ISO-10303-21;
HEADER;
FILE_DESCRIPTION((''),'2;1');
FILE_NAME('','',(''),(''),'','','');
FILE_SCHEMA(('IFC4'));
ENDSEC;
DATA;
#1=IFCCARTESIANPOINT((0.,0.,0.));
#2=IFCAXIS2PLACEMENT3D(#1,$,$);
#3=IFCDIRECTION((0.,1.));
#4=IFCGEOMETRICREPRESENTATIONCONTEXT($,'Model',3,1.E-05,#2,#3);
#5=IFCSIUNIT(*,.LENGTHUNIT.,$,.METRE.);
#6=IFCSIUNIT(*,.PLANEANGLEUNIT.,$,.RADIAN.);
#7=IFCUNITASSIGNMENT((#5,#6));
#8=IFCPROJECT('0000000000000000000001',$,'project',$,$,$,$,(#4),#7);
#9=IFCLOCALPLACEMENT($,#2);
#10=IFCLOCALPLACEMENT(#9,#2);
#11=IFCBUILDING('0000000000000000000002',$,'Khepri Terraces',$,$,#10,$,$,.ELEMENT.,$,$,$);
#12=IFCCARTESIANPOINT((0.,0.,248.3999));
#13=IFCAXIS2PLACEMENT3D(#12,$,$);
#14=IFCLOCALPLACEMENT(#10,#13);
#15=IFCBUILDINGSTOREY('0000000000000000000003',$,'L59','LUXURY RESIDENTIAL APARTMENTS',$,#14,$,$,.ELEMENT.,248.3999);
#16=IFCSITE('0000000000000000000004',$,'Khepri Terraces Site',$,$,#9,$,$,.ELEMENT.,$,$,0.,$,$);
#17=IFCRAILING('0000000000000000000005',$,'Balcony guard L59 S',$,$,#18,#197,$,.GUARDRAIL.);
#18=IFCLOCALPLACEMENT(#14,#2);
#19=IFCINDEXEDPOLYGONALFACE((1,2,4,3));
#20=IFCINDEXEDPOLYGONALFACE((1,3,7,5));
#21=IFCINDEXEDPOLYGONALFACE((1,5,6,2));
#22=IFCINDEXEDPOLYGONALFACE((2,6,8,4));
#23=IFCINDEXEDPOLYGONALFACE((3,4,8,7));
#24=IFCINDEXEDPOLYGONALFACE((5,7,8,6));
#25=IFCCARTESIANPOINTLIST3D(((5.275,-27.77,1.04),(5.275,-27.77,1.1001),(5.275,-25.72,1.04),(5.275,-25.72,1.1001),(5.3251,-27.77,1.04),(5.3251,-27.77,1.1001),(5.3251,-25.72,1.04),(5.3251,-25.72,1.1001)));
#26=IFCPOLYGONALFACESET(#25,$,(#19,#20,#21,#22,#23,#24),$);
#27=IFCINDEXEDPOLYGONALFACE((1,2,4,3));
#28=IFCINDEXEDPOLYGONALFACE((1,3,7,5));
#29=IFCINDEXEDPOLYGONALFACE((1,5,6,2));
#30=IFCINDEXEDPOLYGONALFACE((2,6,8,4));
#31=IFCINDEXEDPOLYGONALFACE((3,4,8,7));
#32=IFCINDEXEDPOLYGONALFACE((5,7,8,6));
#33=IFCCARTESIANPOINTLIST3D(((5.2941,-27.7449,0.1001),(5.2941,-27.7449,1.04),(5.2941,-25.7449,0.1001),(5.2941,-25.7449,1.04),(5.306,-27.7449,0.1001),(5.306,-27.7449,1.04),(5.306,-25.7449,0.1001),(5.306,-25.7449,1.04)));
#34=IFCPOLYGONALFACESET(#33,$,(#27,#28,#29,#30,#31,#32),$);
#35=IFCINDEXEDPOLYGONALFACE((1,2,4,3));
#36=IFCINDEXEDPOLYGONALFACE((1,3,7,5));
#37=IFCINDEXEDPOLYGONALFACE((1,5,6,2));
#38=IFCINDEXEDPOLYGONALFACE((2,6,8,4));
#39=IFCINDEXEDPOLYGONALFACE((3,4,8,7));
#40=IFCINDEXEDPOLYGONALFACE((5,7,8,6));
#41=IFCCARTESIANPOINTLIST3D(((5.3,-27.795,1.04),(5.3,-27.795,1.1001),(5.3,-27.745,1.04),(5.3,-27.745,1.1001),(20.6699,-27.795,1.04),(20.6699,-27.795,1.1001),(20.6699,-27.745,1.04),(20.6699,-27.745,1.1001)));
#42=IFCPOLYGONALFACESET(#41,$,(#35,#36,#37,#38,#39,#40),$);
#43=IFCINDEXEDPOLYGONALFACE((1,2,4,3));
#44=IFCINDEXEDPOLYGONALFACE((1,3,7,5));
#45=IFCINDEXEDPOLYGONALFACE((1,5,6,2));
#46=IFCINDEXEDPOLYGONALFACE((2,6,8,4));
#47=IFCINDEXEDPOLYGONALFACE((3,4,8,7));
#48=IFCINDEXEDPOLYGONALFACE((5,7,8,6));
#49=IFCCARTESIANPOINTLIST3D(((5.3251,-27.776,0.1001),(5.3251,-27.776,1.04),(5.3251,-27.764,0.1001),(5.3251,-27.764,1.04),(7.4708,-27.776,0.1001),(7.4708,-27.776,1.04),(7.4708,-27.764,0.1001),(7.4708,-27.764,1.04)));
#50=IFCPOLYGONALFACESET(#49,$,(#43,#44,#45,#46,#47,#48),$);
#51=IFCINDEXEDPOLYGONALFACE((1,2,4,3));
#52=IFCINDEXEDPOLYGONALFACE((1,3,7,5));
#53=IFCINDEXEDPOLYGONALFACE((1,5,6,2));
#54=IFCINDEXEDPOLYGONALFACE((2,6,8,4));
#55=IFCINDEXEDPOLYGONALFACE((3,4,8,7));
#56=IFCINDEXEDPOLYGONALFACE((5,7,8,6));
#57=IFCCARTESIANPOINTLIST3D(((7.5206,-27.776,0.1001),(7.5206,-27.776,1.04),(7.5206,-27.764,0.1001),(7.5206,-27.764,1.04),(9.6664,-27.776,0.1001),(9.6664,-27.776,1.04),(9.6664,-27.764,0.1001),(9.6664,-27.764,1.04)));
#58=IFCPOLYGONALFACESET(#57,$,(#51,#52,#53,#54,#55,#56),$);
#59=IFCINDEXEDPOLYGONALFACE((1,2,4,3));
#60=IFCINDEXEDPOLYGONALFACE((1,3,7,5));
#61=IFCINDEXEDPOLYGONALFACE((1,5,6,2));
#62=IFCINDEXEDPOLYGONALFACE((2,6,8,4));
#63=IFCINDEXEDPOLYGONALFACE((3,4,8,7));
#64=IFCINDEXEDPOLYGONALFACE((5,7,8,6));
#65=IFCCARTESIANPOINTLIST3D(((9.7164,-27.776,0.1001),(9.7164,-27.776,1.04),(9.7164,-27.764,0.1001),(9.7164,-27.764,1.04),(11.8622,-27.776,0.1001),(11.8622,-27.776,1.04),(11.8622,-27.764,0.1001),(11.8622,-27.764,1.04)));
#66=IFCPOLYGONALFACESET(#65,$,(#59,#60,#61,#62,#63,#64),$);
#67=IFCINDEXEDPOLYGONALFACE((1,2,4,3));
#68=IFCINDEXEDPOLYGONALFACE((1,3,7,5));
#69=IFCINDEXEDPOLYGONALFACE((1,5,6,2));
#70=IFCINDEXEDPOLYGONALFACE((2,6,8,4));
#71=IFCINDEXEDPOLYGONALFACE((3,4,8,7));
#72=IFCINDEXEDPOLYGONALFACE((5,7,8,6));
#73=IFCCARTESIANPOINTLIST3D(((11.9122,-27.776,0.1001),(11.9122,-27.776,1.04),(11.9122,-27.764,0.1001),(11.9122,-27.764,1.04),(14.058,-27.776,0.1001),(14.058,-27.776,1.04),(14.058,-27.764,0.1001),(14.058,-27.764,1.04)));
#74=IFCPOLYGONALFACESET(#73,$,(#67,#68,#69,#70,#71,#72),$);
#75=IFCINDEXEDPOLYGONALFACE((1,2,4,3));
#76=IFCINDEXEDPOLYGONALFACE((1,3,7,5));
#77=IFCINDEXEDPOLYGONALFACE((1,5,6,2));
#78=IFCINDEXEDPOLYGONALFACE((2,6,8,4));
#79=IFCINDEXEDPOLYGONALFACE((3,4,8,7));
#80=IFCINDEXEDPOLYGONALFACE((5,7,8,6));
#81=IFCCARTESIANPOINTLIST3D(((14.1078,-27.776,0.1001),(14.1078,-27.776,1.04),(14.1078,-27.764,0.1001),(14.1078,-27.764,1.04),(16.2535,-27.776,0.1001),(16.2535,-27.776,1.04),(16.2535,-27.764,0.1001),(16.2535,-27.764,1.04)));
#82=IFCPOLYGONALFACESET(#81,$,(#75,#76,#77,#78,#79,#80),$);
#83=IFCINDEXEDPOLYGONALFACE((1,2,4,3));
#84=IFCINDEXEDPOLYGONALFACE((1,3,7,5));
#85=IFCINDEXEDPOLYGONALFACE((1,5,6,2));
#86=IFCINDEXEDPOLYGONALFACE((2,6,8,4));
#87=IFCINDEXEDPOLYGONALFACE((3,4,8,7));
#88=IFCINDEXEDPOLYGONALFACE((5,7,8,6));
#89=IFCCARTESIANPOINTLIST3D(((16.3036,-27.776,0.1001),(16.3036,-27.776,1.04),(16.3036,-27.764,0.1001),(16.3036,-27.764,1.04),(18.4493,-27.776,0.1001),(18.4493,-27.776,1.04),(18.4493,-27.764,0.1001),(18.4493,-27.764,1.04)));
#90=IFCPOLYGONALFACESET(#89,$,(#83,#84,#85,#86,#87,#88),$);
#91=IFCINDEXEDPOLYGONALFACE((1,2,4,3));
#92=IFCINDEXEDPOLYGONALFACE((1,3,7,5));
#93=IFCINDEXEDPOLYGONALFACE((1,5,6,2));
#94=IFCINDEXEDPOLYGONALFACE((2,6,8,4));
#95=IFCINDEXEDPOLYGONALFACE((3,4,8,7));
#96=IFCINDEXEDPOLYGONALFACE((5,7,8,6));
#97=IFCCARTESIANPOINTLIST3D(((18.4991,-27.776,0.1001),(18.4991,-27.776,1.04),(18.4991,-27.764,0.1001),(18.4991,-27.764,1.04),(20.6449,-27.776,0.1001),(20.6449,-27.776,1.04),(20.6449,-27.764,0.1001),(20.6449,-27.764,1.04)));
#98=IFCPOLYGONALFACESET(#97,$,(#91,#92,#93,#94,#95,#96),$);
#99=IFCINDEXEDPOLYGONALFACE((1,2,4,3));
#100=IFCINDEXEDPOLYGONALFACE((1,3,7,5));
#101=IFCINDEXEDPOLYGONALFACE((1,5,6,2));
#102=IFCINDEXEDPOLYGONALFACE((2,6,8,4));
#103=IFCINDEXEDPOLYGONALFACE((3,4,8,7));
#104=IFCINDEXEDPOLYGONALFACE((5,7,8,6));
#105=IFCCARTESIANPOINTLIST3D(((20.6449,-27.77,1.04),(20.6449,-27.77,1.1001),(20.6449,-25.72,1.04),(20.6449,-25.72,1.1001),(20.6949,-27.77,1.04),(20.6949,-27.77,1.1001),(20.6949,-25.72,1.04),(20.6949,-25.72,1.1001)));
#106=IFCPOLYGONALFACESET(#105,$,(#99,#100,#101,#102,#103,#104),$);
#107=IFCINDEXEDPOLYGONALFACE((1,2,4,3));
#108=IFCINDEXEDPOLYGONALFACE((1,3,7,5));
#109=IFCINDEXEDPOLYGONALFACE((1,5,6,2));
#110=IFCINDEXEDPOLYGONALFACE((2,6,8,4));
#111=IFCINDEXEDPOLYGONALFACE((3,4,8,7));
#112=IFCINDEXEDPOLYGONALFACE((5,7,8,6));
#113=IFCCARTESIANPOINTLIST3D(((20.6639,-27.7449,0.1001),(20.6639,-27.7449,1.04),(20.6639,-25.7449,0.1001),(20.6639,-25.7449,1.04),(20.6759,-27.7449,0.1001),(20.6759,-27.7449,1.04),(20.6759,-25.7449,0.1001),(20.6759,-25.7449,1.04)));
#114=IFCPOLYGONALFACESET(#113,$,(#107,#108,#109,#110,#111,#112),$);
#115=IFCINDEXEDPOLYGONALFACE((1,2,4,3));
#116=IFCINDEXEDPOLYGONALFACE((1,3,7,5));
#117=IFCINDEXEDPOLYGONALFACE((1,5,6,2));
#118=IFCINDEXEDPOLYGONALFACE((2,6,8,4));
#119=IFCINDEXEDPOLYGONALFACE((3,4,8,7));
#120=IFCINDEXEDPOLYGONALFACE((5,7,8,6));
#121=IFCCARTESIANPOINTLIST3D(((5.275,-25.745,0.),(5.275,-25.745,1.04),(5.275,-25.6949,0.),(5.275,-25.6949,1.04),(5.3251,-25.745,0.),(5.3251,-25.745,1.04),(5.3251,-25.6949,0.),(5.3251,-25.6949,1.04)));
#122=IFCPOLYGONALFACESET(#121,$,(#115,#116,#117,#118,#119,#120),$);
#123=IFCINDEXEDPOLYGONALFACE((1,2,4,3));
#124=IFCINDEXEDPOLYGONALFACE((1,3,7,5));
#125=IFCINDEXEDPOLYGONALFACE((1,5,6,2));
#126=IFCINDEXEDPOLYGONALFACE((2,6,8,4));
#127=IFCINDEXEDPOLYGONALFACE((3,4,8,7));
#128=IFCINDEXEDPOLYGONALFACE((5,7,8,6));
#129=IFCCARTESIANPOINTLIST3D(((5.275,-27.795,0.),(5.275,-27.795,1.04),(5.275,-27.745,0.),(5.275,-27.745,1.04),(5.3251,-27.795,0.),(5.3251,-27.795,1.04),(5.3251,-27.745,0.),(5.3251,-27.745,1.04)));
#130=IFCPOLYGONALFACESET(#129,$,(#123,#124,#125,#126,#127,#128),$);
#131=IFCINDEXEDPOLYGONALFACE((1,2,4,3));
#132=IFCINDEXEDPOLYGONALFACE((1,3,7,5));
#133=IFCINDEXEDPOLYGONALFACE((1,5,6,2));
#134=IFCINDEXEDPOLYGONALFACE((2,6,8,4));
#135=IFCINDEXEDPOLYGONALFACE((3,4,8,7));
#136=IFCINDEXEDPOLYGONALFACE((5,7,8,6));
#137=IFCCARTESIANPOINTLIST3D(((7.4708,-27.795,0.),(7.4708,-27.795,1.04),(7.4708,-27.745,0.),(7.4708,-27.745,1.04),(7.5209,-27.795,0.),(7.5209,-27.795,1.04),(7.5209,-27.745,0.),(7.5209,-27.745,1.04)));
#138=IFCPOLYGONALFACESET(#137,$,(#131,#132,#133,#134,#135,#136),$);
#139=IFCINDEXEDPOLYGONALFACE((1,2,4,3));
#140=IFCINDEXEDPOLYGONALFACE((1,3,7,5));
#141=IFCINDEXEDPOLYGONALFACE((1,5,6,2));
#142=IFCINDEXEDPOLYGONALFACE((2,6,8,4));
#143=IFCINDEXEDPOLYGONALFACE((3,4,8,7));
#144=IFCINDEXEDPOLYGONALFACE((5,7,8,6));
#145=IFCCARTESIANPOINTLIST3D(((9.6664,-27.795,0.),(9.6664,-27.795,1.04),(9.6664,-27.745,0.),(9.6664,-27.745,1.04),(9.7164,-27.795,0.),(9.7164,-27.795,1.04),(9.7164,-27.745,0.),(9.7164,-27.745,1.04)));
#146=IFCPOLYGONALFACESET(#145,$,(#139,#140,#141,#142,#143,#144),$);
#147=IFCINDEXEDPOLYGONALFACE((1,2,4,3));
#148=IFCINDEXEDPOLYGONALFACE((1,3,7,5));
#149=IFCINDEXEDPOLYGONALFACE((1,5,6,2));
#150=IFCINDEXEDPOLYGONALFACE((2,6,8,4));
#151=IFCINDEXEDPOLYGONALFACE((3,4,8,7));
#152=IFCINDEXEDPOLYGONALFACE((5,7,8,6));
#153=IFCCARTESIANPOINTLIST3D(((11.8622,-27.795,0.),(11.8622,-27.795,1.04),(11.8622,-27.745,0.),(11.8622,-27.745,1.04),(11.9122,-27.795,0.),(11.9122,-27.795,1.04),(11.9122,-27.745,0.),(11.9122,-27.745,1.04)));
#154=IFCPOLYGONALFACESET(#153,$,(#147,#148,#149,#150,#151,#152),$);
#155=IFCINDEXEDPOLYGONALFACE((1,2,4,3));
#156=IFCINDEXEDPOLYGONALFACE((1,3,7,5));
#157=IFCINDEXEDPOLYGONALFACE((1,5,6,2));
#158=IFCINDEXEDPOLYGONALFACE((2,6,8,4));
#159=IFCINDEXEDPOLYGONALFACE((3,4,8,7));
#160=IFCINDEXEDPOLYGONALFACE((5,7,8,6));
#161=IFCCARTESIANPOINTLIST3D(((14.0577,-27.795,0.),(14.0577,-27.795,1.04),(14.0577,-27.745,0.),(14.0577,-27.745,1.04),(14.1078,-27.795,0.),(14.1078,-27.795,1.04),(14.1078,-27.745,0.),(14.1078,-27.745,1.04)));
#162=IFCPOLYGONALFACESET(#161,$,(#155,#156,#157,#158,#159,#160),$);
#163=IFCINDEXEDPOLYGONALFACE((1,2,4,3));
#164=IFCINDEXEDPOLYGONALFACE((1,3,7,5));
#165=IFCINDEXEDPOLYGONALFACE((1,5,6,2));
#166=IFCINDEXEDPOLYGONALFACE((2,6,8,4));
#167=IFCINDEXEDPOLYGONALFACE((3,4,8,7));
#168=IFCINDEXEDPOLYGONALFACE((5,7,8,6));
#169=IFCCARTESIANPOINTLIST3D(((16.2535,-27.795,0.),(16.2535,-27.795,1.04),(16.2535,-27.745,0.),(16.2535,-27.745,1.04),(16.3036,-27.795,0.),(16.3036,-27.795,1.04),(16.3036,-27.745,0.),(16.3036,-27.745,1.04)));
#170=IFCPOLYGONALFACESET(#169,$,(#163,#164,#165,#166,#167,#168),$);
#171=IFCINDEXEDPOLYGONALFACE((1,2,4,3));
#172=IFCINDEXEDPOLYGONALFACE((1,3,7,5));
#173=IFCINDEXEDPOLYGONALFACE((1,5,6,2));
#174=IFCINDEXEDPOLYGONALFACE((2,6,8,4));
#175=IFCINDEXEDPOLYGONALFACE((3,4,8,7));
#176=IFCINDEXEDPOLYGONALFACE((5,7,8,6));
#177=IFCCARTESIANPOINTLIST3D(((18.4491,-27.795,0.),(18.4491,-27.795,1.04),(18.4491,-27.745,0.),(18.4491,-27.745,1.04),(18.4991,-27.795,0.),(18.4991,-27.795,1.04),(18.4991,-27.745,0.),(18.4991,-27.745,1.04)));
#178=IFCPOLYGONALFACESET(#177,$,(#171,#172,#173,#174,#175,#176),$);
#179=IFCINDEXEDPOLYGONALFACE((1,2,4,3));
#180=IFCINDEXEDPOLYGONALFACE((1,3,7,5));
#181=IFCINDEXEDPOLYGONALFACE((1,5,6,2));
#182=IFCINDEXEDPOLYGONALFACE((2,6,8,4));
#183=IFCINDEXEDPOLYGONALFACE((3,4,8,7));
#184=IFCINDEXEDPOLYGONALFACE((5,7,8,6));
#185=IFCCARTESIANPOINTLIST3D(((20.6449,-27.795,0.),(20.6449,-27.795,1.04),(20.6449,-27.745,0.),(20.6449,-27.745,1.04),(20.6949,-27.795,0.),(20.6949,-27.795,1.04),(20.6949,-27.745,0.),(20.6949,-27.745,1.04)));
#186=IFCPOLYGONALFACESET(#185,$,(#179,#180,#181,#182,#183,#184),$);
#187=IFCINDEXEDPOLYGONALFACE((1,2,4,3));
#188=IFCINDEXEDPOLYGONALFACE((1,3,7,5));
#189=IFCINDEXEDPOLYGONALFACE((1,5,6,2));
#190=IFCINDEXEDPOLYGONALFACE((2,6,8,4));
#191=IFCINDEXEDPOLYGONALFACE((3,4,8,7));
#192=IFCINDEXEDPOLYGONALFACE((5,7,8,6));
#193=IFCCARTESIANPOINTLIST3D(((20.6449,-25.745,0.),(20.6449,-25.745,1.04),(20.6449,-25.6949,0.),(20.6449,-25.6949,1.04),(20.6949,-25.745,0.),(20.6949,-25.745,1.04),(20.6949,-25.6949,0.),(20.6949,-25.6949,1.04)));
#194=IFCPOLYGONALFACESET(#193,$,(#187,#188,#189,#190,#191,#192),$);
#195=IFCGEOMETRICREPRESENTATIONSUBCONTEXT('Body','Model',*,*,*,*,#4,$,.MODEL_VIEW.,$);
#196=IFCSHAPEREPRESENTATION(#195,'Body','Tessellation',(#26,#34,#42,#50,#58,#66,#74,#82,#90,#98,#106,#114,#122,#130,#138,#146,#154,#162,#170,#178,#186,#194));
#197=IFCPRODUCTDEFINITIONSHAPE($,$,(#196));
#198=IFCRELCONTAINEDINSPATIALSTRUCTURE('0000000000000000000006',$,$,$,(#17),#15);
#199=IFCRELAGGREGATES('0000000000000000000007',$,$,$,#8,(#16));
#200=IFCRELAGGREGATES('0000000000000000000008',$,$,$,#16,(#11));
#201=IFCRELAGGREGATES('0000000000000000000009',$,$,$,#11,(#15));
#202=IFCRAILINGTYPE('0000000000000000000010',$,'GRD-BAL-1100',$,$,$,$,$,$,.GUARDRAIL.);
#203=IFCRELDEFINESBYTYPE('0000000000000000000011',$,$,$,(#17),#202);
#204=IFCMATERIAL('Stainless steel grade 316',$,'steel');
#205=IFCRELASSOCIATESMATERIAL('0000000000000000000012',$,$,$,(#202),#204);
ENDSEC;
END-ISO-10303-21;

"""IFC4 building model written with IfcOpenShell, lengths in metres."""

from ifc_helpers import new_model, si_unit, direction, frame, origin, origin_2d, place, context, subcontext, project, spatial, rectangle, extrude, material, type_object, element, save


model = new_model("IFC4")

# Units and contexts
model_context = context("Model", 3, precision=1e-05, world=origin(), true_north=direction((0.0, 1.0)))
body_context = subcontext(model_context, "Body", "Model", "MODEL_VIEW")
ifc_project = project(units=[si_unit("LENGTHUNIT", "METRE"), si_unit("PLANEANGLEUNIT", "RADIAN")], contexts=[model_context])

# Site, building, storey
site_placement = place(None, origin())
site = spatial("IfcSite", under=ifc_project, at=site_placement, Name="Khepri Terraces Site", CompositionType="ELEMENT", RefElevation=0.0)
building_placement = place(site_placement, origin())
building = spatial("IfcBuilding", under=site, at=building_placement, Name="Khepri Terraces", CompositionType="ELEMENT")
storey_placement = place(building_placement, frame((0.0, 0.0, 248.3999)))
storey = spatial("IfcBuildingStorey", under=building, at=storey_placement, Name="L59", Description="LUXURY RESIDENTIAL APARTMENTS", CompositionType="ELEMENT", Elevation=248.3999)

# Railing
ifc_material_1 = material(Name="Stainless steel grade 316", Category="steel")
railing_type_1 = type_object("IfcRailingType", Name="GRD-BAL-1100", PredefinedType="GUARDRAIL", material=ifc_material_1)
railing_1_placement = place(storey_placement, frame((5.3, -25.72, 0.0)))
element("IfcRailing", 1, at=railing_1_placement, inside=storey, type_object=railing_type_1, Name="Balcony guard L59 S", PredefinedType="GUARDRAIL", context=body_context, shape_type="SweptSolid", body=[
    extrude(rectangle(XDim=0.05, YDim=0.0601, at=origin_2d()), frame((0.0, 0.0, 1.0701), z_axis=(0.0, -1.0, 0.0), x_axis=(1.0, 0.0, 0.0)), (0.0, 0.0, 1.0), 2.05),
    extrude(rectangle(XDim=2.0, YDim=0.012, at=origin_2d()), frame((0.0, -1.0249, 0.1001), z_axis=(0.0, 0.0, 1.0), x_axis=(0.0, -1.0, 0.0)), (0.0, 0.0, 1.0), 0.9399),
    extrude(rectangle(XDim=0.05, YDim=0.0601, at=origin_2d()), frame((0.0, -2.05, 1.0701), z_axis=(1.0, 0.0, 0.0), x_axis=(0.0, 1.0, 0.0)), (0.0, 0.0, 1.0), 15.3699),
    extrude(rectangle(XDim=2.1458, YDim=0.012, at=origin_2d()), frame((1.0979, -2.05, 0.1001), z_axis=(0.0, 0.0, 1.0), x_axis=(1.0, 0.0, 0.0)), (0.0, 0.0, 1.0), 0.9399),
    extrude(rectangle(XDim=2.1458, YDim=0.012, at=origin_2d()), frame((3.2935, -2.05, 0.1001), z_axis=(0.0, 0.0, 1.0), x_axis=(1.0, 0.0, 0.0)), (0.0, 0.0, 1.0), 0.9399),
    extrude(rectangle(XDim=2.1458, YDim=0.012, at=origin_2d()), frame((5.4893, -2.05, 0.1001), z_axis=(0.0, 0.0, 1.0), x_axis=(1.0, 0.0, 0.0)), (0.0, 0.0, 1.0), 0.9399),
    extrude(rectangle(XDim=2.1458, YDim=0.012, at=origin_2d()), frame((7.6851, -2.05, 0.1001), z_axis=(0.0, 0.0, 1.0), x_axis=(1.0, 0.0, 0.0)), (0.0, 0.0, 1.0), 0.9399),
    extrude(rectangle(XDim=2.1458, YDim=0.012, at=origin_2d()), frame((9.8806, -2.05, 0.1001), z_axis=(0.0, 0.0, 1.0), x_axis=(1.0, 0.0, 0.0)), (0.0, 0.0, 1.0), 0.9399),
    extrude(rectangle(XDim=2.1458, YDim=0.012, at=origin_2d()), frame((12.0764, -2.05, 0.1001), z_axis=(0.0, 0.0, 1.0), x_axis=(1.0, 0.0, 0.0)), (0.0, 0.0, 1.0), 0.9399),
    extrude(rectangle(XDim=2.1458, YDim=0.012, at=origin_2d()), frame((14.272, -2.05, 0.1001), z_axis=(0.0, 0.0, 1.0), x_axis=(1.0, 0.0, 0.0)), (0.0, 0.0, 1.0), 0.9399),
    extrude(rectangle(XDim=0.05, YDim=0.0601, at=origin_2d()), frame((15.3699, -2.05, 1.0701), z_axis=(0.0, 1.0, 0.0), x_axis=(-1.0, 0.0, 0.0)), (0.0, 0.0, 1.0), 2.05),
    extrude(rectangle(XDim=2.0, YDim=0.012, at=origin_2d()), frame((15.3699, -1.0249, 0.1001), z_axis=(0.0, 0.0, 1.0), x_axis=(0.0, 1.0, 0.0)), (0.0, 0.0, 1.0), 0.9399),
    extrude(rectangle(XDim=0.05, YDim=0.05, at=origin_2d()), origin(), (0.0, 0.0, 1.0), 1.04),
    extrude(rectangle(XDim=0.05, YDim=0.05, at=origin_2d()), frame((0.0, -2.05, 0.0)), (0.0, 0.0, 1.0), 1.04),
    extrude(rectangle(XDim=0.05, YDim=0.05, at=origin_2d()), frame((2.1958, -2.05, 0.0)), (0.0, 0.0, 1.0), 1.04),
    extrude(rectangle(XDim=0.05, YDim=0.05, at=origin_2d()), frame((4.3914, -2.05, 0.0)), (0.0, 0.0, 1.0), 1.04),
    extrude(rectangle(XDim=0.05, YDim=0.05, at=origin_2d()), frame((6.5872, -2.05, 0.0)), (0.0, 0.0, 1.0), 1.04),
    extrude(rectangle(XDim=0.05, YDim=0.05, at=origin_2d()), frame((8.7827, -2.05, 0.0)), (0.0, 0.0, 1.0), 1.04),
    extrude(rectangle(XDim=0.05, YDim=0.05, at=origin_2d()), frame((10.9785, -2.05, 0.0)), (0.0, 0.0, 1.0), 1.04),
    extrude(rectangle(XDim=0.05, YDim=0.05, at=origin_2d()), frame((13.1741, -2.05, 0.0)), (0.0, 0.0, 1.0), 1.04),
    extrude(rectangle(XDim=0.05, YDim=0.05, at=origin_2d()), frame((15.3699, -2.05, 0.0)), (0.0, 0.0, 1.0), 1.04),
    extrude(rectangle(XDim=0.05, YDim=0.05, at=origin_2d()), frame((15.3699, 0.0, 0.0)), (0.0, 0.0, 1.0), 1.04),
])

save(model, "model.ifc")
